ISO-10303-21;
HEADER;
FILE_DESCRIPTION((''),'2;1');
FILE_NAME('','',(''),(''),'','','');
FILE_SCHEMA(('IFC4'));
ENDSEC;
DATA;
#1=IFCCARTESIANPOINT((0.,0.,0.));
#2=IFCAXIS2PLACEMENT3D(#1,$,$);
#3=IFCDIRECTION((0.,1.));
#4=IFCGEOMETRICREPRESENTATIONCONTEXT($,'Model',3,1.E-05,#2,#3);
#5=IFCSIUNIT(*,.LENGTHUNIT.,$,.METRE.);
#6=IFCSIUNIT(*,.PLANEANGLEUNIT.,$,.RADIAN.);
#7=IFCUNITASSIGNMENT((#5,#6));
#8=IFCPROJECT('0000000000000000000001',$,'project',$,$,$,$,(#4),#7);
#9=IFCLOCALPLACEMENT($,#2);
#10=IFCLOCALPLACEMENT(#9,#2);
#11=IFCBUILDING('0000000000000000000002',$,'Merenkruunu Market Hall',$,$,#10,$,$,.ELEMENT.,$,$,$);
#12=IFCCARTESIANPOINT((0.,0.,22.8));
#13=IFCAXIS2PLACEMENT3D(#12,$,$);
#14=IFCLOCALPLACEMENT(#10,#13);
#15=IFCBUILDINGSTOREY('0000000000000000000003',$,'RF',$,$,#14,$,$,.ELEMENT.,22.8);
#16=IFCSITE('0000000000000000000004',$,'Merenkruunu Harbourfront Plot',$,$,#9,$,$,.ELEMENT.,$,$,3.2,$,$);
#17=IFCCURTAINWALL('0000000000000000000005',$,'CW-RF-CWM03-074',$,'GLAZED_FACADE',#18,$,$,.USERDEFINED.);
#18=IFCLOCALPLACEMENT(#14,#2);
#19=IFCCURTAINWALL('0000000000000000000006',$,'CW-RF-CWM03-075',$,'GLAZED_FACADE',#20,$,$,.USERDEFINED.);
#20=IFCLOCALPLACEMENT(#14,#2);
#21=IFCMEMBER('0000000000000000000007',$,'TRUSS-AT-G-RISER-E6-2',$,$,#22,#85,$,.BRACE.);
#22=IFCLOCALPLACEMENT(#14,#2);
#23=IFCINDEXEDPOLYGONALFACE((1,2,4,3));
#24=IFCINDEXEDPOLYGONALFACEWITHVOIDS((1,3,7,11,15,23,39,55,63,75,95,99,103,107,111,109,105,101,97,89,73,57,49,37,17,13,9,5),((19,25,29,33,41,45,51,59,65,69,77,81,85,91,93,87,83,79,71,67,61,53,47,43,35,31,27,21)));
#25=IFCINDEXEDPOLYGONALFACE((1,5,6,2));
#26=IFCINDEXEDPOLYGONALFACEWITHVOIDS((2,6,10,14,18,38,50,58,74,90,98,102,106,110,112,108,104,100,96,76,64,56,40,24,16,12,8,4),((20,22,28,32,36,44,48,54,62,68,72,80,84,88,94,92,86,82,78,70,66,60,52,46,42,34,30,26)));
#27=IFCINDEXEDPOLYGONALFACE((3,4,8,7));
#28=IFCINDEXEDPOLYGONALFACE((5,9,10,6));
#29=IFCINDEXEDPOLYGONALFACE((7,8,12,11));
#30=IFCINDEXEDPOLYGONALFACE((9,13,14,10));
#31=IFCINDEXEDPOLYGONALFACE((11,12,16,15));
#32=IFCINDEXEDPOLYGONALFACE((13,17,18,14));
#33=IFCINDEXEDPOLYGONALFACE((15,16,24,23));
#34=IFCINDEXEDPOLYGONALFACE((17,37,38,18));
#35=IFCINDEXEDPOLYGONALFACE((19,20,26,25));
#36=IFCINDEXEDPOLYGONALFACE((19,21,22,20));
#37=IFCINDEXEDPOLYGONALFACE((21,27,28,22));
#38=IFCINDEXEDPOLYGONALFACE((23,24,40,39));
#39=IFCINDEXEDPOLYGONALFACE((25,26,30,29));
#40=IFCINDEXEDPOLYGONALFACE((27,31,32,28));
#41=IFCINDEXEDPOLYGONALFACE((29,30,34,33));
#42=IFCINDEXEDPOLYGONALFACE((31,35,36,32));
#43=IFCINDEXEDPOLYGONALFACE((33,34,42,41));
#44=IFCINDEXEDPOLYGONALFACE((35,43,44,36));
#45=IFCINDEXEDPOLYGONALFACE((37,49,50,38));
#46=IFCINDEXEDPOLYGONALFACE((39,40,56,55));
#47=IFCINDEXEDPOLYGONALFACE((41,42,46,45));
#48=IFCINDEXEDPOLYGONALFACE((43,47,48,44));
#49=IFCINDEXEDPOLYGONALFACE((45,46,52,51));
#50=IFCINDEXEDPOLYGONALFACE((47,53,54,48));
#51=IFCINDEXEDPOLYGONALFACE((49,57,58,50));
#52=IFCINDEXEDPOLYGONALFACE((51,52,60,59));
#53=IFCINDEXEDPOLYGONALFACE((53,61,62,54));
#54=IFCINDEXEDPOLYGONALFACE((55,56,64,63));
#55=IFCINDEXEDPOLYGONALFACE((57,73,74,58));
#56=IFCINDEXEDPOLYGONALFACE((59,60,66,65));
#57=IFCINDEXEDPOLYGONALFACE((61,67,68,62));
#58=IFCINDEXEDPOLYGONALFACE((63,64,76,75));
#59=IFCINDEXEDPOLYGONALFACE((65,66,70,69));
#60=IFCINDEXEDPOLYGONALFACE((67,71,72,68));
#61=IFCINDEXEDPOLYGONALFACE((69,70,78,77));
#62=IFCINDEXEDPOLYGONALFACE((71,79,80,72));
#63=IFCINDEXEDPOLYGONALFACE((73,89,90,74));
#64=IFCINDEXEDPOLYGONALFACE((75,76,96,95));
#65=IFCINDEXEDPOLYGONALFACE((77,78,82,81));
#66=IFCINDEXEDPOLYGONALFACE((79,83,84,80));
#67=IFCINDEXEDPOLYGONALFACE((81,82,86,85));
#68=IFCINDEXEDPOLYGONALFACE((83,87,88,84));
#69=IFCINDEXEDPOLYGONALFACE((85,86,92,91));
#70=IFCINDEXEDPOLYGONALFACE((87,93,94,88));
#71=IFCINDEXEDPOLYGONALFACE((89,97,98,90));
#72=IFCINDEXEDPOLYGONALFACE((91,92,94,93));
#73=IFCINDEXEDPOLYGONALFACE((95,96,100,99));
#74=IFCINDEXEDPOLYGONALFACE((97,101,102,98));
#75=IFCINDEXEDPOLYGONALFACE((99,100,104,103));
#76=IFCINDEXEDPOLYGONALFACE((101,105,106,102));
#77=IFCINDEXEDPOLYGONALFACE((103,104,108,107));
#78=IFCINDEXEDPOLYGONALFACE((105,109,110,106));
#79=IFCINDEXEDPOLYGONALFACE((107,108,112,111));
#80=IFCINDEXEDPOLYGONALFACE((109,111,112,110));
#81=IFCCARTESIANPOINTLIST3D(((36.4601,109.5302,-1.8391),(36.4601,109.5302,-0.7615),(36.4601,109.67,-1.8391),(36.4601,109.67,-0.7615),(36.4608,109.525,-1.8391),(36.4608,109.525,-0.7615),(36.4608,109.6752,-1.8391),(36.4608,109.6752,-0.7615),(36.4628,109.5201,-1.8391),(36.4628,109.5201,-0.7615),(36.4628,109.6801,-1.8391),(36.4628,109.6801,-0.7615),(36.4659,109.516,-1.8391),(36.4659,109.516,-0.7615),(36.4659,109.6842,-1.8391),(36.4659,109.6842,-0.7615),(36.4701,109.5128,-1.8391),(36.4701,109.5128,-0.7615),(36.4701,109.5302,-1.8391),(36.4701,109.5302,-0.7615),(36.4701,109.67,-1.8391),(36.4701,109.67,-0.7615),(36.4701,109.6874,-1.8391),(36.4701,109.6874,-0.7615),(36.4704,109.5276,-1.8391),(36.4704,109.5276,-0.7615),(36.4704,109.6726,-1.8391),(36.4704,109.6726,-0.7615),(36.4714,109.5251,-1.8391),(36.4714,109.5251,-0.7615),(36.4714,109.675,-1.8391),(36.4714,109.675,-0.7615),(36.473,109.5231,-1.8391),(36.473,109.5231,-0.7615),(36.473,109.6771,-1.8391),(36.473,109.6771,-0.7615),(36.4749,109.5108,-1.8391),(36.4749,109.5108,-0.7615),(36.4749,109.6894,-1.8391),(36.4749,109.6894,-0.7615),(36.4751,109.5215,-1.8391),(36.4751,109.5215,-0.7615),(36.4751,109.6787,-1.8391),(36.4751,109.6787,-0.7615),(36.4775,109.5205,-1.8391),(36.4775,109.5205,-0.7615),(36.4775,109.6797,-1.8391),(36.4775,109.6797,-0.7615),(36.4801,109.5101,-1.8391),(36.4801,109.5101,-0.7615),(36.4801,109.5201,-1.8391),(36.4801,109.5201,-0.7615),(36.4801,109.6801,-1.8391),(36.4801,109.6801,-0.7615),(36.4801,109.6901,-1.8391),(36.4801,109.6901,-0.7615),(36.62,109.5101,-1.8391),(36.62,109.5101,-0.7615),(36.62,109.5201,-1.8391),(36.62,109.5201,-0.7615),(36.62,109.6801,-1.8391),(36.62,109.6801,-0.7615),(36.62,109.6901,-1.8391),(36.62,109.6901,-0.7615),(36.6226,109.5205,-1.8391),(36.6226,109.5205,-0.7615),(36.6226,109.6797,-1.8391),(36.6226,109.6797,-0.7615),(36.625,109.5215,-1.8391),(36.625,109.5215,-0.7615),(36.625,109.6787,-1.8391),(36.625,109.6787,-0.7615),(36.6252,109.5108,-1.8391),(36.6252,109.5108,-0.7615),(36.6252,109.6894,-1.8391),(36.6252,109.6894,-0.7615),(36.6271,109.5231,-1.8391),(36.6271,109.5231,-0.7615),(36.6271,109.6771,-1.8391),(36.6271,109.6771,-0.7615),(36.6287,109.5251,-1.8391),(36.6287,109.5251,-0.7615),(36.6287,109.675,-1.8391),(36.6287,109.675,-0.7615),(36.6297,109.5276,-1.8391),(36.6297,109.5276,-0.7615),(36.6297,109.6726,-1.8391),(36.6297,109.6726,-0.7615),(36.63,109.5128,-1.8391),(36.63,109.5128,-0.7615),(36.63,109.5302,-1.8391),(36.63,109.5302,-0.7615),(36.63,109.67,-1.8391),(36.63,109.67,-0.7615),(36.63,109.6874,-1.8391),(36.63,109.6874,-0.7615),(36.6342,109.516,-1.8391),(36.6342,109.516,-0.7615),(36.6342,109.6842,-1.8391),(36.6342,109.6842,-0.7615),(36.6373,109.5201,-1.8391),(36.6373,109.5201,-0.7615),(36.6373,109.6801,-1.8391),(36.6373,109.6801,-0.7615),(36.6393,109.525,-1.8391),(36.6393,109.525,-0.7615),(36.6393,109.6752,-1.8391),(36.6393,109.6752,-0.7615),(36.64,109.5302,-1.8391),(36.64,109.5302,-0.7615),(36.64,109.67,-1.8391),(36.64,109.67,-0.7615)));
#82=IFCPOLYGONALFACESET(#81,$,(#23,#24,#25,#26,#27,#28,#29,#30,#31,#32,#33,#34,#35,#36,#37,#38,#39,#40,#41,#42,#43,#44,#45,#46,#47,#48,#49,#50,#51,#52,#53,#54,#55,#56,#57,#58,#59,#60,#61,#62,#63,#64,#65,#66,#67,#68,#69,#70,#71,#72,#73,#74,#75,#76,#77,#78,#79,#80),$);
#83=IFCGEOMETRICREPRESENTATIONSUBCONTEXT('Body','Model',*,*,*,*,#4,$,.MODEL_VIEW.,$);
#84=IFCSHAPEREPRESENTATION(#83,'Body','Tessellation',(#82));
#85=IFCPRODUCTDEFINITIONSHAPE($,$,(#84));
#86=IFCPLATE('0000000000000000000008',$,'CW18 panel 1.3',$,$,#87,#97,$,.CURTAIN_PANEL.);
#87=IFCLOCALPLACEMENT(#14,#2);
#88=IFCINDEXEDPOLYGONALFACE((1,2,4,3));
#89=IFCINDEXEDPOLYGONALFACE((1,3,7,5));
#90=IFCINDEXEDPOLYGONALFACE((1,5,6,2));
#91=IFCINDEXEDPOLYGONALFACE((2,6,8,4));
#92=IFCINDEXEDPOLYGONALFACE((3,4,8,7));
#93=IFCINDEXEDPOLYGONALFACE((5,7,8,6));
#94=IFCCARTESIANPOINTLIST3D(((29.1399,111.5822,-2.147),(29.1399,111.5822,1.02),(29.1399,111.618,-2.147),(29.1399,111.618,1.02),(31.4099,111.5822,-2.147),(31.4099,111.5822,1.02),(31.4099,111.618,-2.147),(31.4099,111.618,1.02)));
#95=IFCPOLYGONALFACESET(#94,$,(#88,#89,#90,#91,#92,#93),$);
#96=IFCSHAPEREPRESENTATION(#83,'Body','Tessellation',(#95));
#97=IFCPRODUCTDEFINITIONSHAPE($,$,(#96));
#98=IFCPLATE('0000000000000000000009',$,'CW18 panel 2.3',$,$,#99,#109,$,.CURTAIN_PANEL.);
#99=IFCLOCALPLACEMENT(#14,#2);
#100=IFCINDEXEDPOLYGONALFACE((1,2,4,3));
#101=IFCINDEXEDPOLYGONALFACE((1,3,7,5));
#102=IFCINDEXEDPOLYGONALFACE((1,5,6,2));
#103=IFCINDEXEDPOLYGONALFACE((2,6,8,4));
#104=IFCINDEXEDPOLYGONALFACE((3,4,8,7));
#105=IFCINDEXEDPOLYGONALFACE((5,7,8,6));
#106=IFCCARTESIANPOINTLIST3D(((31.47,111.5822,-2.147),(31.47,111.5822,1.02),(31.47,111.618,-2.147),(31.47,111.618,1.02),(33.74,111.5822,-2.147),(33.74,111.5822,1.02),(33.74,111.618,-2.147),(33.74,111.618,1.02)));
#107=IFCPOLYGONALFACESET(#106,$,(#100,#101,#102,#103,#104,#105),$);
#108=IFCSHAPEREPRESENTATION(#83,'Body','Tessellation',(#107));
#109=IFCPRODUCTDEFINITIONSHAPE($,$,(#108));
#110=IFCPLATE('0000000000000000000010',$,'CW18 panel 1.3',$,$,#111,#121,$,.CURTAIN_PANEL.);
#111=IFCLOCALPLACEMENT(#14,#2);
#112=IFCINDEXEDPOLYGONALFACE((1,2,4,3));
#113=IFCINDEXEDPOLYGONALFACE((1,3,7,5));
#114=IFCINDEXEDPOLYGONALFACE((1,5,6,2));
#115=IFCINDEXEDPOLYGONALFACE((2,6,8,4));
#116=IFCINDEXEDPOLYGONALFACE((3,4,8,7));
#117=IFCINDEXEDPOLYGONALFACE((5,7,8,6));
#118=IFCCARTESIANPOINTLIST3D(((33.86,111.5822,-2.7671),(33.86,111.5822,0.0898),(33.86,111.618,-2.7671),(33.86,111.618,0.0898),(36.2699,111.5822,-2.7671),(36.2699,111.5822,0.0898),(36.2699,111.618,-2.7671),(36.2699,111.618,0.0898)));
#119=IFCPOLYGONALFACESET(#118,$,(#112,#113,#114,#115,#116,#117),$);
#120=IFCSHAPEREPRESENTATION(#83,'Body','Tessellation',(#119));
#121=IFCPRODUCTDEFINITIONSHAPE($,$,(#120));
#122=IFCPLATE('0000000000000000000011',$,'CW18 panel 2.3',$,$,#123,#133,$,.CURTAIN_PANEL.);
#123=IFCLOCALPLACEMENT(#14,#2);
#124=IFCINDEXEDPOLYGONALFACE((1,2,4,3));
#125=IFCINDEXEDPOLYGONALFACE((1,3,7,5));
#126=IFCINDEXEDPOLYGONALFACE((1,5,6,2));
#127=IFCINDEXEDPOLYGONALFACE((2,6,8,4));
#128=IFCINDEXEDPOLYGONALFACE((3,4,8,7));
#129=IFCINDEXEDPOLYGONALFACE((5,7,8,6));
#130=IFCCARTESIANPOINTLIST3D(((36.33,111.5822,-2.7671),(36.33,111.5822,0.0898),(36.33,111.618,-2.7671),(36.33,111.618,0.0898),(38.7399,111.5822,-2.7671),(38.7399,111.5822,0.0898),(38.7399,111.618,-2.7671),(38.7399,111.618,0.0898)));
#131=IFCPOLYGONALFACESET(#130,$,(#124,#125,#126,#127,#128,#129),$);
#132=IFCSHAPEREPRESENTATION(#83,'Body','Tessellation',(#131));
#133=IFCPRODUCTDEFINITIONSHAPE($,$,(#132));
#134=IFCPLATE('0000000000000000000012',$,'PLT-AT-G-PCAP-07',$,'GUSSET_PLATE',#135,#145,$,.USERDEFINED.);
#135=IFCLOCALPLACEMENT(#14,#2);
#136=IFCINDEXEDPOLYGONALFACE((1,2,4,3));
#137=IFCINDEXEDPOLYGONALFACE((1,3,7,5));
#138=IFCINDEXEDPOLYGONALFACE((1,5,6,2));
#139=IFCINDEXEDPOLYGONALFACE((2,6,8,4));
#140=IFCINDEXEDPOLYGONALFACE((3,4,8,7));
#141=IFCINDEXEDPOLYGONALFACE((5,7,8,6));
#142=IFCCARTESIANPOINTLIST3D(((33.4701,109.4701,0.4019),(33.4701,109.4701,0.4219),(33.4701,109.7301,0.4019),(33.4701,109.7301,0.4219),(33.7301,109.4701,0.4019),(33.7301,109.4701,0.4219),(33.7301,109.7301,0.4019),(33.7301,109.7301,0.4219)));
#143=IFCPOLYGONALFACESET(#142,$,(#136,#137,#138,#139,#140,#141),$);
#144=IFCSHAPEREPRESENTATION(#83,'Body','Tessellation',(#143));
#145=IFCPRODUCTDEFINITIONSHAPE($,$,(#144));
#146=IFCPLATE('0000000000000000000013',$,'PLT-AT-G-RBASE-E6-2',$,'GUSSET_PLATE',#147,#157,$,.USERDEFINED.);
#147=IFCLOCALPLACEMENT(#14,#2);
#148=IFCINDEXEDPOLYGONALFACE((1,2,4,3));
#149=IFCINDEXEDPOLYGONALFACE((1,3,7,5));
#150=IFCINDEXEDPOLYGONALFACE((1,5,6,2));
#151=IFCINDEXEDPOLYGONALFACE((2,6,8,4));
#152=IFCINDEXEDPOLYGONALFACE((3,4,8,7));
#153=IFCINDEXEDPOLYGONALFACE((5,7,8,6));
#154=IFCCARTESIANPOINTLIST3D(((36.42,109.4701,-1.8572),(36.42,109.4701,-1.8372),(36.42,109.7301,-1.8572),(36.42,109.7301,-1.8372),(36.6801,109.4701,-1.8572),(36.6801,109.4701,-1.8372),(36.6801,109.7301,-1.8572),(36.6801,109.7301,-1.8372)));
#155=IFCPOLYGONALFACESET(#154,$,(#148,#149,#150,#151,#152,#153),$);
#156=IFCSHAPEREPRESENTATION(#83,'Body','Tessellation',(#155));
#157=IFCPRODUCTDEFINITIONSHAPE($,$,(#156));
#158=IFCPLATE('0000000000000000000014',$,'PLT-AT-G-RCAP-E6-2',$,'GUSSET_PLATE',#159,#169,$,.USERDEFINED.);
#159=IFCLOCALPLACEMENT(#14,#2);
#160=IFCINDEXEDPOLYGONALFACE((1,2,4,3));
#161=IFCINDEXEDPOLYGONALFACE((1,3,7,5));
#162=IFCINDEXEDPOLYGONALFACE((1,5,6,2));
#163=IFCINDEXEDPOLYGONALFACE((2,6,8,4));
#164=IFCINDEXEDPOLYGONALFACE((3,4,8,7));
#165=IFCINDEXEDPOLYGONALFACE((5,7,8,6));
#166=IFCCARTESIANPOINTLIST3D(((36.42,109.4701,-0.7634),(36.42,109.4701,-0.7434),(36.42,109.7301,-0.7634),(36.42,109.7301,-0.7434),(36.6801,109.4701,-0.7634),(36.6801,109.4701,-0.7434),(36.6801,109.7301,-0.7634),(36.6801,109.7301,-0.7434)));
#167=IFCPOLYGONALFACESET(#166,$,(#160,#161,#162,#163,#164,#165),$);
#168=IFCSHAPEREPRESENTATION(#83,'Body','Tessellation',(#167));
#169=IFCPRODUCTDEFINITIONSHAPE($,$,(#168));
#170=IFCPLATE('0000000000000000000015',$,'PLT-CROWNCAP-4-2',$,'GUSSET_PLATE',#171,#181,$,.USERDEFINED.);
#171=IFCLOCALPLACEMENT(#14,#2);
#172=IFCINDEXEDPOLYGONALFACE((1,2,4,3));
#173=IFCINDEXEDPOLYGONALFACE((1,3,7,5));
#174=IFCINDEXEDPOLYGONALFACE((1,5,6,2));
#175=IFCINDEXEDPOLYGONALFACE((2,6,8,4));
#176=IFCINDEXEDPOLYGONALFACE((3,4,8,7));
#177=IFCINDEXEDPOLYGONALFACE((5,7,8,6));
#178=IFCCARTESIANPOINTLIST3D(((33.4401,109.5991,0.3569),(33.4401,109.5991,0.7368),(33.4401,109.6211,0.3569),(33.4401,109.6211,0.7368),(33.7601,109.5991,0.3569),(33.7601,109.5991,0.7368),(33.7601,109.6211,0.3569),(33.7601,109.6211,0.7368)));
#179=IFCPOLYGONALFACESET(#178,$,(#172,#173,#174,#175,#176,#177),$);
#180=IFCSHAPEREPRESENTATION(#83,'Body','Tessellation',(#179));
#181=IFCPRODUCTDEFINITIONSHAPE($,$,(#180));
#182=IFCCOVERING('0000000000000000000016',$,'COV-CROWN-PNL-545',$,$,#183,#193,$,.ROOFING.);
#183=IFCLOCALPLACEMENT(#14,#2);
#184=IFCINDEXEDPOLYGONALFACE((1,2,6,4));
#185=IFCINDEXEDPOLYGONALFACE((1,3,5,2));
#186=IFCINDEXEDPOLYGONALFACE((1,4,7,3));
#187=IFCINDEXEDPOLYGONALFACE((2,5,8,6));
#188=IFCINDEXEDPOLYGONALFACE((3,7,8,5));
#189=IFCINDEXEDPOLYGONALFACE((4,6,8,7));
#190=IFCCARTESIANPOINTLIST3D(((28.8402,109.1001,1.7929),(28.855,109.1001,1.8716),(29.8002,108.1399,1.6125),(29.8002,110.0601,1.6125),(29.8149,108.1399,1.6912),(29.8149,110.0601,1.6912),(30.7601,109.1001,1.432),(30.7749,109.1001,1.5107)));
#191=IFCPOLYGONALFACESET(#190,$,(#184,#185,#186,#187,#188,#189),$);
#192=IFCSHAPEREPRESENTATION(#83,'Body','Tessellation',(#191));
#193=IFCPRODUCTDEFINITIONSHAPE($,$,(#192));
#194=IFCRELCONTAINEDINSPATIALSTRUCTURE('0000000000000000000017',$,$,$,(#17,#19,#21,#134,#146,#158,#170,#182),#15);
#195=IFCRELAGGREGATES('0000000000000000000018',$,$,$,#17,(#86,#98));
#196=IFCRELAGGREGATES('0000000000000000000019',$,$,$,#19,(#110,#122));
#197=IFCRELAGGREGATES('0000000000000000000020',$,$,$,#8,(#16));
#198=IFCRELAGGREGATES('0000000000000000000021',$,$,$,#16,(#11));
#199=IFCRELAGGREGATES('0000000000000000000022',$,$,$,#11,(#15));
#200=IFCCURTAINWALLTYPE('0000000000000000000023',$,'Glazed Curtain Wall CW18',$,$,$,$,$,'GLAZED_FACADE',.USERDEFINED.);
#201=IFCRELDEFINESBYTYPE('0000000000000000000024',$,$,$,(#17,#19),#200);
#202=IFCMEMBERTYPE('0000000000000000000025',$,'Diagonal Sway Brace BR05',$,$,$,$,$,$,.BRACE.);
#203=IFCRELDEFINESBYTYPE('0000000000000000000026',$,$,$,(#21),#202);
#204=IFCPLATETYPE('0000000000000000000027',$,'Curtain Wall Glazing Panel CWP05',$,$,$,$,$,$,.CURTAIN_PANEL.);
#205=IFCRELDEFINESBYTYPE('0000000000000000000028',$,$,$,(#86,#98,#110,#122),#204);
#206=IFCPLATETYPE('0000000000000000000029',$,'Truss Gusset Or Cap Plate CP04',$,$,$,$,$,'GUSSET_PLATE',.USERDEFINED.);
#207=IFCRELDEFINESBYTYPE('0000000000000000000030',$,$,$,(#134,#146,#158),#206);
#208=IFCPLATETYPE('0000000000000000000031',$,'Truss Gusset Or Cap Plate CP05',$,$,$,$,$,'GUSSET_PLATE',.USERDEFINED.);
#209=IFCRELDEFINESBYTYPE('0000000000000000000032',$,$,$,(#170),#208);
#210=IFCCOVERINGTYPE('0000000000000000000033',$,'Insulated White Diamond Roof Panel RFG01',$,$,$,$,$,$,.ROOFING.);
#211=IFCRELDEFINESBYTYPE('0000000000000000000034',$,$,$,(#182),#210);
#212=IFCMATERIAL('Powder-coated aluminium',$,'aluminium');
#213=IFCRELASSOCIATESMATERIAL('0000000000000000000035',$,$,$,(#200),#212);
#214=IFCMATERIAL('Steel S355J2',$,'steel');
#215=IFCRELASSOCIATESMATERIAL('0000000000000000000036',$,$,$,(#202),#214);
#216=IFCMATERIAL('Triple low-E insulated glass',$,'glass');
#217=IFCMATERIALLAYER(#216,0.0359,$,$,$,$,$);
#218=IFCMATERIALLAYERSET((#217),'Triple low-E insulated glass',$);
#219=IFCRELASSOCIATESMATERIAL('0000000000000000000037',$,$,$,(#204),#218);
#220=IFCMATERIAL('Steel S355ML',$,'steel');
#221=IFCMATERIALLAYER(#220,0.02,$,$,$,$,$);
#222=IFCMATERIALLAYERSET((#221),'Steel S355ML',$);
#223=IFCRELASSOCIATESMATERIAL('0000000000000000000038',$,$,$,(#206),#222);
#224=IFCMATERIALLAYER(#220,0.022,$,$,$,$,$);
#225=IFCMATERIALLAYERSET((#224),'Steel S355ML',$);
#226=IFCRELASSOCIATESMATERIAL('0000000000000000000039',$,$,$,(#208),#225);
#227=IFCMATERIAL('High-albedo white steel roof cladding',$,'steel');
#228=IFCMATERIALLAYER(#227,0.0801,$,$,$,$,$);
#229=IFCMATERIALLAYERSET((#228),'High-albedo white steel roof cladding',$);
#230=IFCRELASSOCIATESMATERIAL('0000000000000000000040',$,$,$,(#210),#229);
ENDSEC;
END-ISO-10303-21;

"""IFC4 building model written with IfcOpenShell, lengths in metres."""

from ifc_helpers import new_model, si_unit, direction, frame, origin, origin_2d, place, context, subcontext, project, spatial, polyline, rectangle, hollow_rectangle, outline, extrude, material, layer, layer_set, material_profile, profile_set, type_object, element, aggregate, save


model = new_model("IFC4")

# Units and contexts
model_context = context("Model", 3, precision=1e-05, world=origin(), true_north=direction((0.0, 1.0)))
body_context = subcontext(model_context, "Body", "Model", "MODEL_VIEW")
ifc_project = project(units=[si_unit("LENGTHUNIT", "METRE"), si_unit("PLANEANGLEUNIT", "RADIAN")], contexts=[model_context])

# Site, building, storey
site_placement = place(None, origin())
site = spatial("IfcSite", under=ifc_project, at=site_placement, Name="Merenkruunu Harbourfront Plot", CompositionType="ELEMENT", RefElevation=3.2)
building_placement = place(site_placement, origin())
building = spatial("IfcBuilding", under=site, at=building_placement, Name="Merenkruunu Market Hall", CompositionType="ELEMENT")
storey_placement = place(building_placement, frame((0.0, 0.0, 22.8)))
storey = spatial("IfcBuildingStorey", under=building, at=storey_placement, Name="RF", CompositionType="ELEMENT", Elevation=22.8)

# Shared definitions
ifc_material_1 = material(Name="Steel S355ML", Category="steel")

# Curtain walls
ifc_material_2 = material(Name="Powder-coated aluminium", Category="aluminium")
curtain_wall_type = type_object("IfcCurtainWallType", Name="Glazed Curtain Wall CW18", ElementType="GLAZED_FACADE", PredefinedType="USERDEFINED", material=ifc_material_2)
curtain_wall_1_placement = place(storey_placement, origin())
curtain_wall_1 = element("IfcCurtainWall", 1, at=curtain_wall_1_placement, inside=storey, type_object=curtain_wall_type, Name="CW-RF-CWM03-074", ObjectType="GLAZED_FACADE", PredefinedType="USERDEFINED")
curtain_wall_2_placement = place(storey_placement, origin())
curtain_wall_2 = element("IfcCurtainWall", 2, at=curtain_wall_2_placement, inside=storey, type_object=curtain_wall_type, Name="CW-RF-CWM03-075", ObjectType="GLAZED_FACADE", PredefinedType="USERDEFINED")

# Member
ifc_material_3 = material(Name="Steel S355J2", Category="steel")
ifc_material_profile_1 = material_profile(ifc_material_3, hollow_rectangle(XDim=0.1799, YDim=0.1799, WallThickness=0.01, InnerFilletRadius=0.01, OuterFilletRadius=0.02, at=origin_2d()), Name="SHS 180x180x10")
ifc_profile_set_1 = profile_set([ifc_material_profile_1], Name="Steel S355J2")
member_type_1 = type_object("IfcMemberType", Name="Diagonal Sway Brace BR05", PredefinedType="BRACE", material=ifc_profile_set_1)
member_1_placement = place(storey_placement, frame((36.55, 109.6001, -1.8391), z_axis=(0.0, 0.0, 1.0), x_axis=(1.0, 0.0, 0.0)))
element("IfcMember", 3, at=member_1_placement, inside=storey, type_object=member_type_1, Name="TRUSS-AT-G-RISER-E6-2", PredefinedType="BRACE", context=body_context, shape_type="SweptSolid", body=[
    extrude(hollow_rectangle(XDim=0.1799, YDim=0.1799, WallThickness=0.01, InnerFilletRadius=0.01, OuterFilletRadius=0.02, at=origin_2d()), origin(), (0.0, 0.0, 1.0), 1.0776),
])

# Plates
ifc_material_4 = material(Name="Triple low-E insulated glass", Category="glass")
ifc_layer_1 = layer(ifc_material_4, 0.0359)
ifc_layer_set_1 = layer_set([ifc_layer_1], Name="Triple low-E insulated glass")
plate_type_1 = type_object("IfcPlateType", Name="Curtain Wall Glazing Panel CWP05", PredefinedType="CURTAIN_PANEL", material=ifc_layer_set_1)
plate_1_placement = place(storey_placement, frame((30.2749, 111.6001, -2.147), z_axis=(0.0, 0.0, 1.0), x_axis=(1.0, 0.0, 0.0)))
plate_1 = element("IfcPlate", 4, at=plate_1_placement, type_object=plate_type_1, Name="CW18 panel 1.3", PredefinedType="CURTAIN_PANEL", context=body_context, shape_type="SweptSolid", body=[
    extrude(rectangle(XDim=2.27, YDim=0.0359, at=origin_2d()), origin(), (0.0, 0.0, 1.0), 3.167),
])
plate_2_placement = place(storey_placement, frame((32.605, 111.6001, -2.147), z_axis=(0.0, 0.0, 1.0), x_axis=(1.0, 0.0, 0.0)))
plate_2 = element("IfcPlate", 5, at=plate_2_placement, type_object=plate_type_1, Name="CW18 panel 2.3", PredefinedType="CURTAIN_PANEL", context=body_context, shape_type="SweptSolid", body=[
    extrude(rectangle(XDim=2.27, YDim=0.0359, at=origin_2d()), origin(), (0.0, 0.0, 1.0), 3.167),
])
aggregate(curtain_wall_1, [plate_1, plate_2])
plate_3_placement = place(storey_placement, frame((35.0649, 111.6001, -2.7671), z_axis=(0.0, 0.0, 1.0), x_axis=(1.0, 0.0, 0.0)))
plate_3 = element("IfcPlate", 6, at=plate_3_placement, type_object=plate_type_1, Name="CW18 panel 1.3", PredefinedType="CURTAIN_PANEL", context=body_context, shape_type="SweptSolid", body=[
    extrude(rectangle(XDim=2.4099, YDim=0.0359, at=origin_2d()), origin(), (0.0, 0.0, 1.0), 2.8569),
])
plate_4_placement = place(storey_placement, frame((37.5349, 111.6001, -2.7671), z_axis=(0.0, 0.0, 1.0), x_axis=(1.0, 0.0, 0.0)))
plate_4 = element("IfcPlate", 7, at=plate_4_placement, type_object=plate_type_1, Name="CW18 panel 2.3", PredefinedType="CURTAIN_PANEL", context=body_context, shape_type="SweptSolid", body=[
    extrude(rectangle(XDim=2.4099, YDim=0.0359, at=origin_2d()), origin(), (0.0, 0.0, 1.0), 2.8569),
])
aggregate(curtain_wall_2, [plate_3, plate_4])

# Plates
ifc_layer_2 = layer(ifc_material_1, 0.02)
ifc_layer_set_2 = layer_set([ifc_layer_2], Name="Steel S355ML")
plate_type_2 = type_object("IfcPlateType", Name="Truss Gusset Or Cap Plate CP04", ElementType="GUSSET_PLATE", PredefinedType="USERDEFINED", material=ifc_layer_set_2)
for number, where, z_axis, x_axis, name in (
    (8, (33.6001, 109.6001, 0.4019), (0.0, 0.0, 1.0), (1.0, 0.0, 0.0), "PLT-AT-G-PCAP-07"),
    (9, (36.55, 109.6001, -1.8572), (0.0, 0.0, 1.0), (1.0, 0.0, 0.0), "PLT-AT-G-RBASE-E6-2"),
    (10, (36.55, 109.6001, -0.7634), (0.0, 0.0, 1.0), (1.0, 0.0, 0.0), "PLT-AT-G-RCAP-E6-2"),
):
    element("IfcPlate", number, at=place(storey_placement, frame(where, z_axis=z_axis, x_axis=x_axis)), inside=storey, type_object=plate_type_2, Name=name, ObjectType="GUSSET_PLATE", PredefinedType="USERDEFINED", context=body_context, shape_type="SweptSolid", body=[
        extrude(rectangle(XDim=0.26, YDim=0.26, at=origin_2d()), origin(), (0.0, 0.0, 1.0), 0.02),
    ])
ifc_layer_3 = layer(ifc_material_1, 0.022)
ifc_layer_set_3 = layer_set([ifc_layer_3], Name="Steel S355ML")
plate_type_3 = type_object("IfcPlateType", Name="Truss Gusset Or Cap Plate CP05", ElementType="GUSSET_PLATE", PredefinedType="USERDEFINED", material=ifc_layer_set_3)
plate_5_placement = place(storey_placement, frame((33.6001, 109.6101, 0.3569), z_axis=(0.0, 0.0, 1.0), x_axis=(1.0, 0.0, 0.0)))
element("IfcPlate", 11, at=plate_5_placement, inside=storey, type_object=plate_type_3, Name="PLT-CROWNCAP-4-2", ObjectType="GUSSET_PLATE", PredefinedType="USERDEFINED", context=body_context, shape_type="SweptSolid", body=[
    extrude(rectangle(XDim=0.3201, YDim=0.022, at=origin_2d()), origin(), (0.0, 0.0, 1.0), 0.3799),
])

# Covering
ifc_material_5 = material(Name="High-albedo white steel roof cladding", Category="steel")
ifc_layer_4 = layer(ifc_material_5, 0.0801)
ifc_layer_set_4 = layer_set([ifc_layer_4], Name="High-albedo white steel roof cladding")
covering_type_1 = type_object("IfcCoveringType", Name="Insulated White Diamond Roof Panel RFG01", PredefinedType="ROOFING", material=ifc_layer_set_4)
for number, where, z_axis, x_axis, name in (
    (12, (28.855, 109.1001, 1.8716), (0.184711, 0.0, 0.982793), (0.700856, -0.701035, -0.131722), "COV-CROWN-PNL-545"),
):
    element("IfcCovering", number, at=place(storey_placement, frame(where, z_axis=z_axis, x_axis=x_axis)), inside=storey, type_object=covering_type_1, Name=name, PredefinedType="ROOFING", context=body_context, shape_type="SweptSolid", body=[
        extrude(outline(polyline([(0.0, 0.0), (1.3697, 0.0), (1.3931, 1.3695), (0.0236, 1.3693), (0.0, 0.0)])), origin(), (0.0, 0.0, -1.0), 0.0801),
    ])

save(model, "model.ifc")
